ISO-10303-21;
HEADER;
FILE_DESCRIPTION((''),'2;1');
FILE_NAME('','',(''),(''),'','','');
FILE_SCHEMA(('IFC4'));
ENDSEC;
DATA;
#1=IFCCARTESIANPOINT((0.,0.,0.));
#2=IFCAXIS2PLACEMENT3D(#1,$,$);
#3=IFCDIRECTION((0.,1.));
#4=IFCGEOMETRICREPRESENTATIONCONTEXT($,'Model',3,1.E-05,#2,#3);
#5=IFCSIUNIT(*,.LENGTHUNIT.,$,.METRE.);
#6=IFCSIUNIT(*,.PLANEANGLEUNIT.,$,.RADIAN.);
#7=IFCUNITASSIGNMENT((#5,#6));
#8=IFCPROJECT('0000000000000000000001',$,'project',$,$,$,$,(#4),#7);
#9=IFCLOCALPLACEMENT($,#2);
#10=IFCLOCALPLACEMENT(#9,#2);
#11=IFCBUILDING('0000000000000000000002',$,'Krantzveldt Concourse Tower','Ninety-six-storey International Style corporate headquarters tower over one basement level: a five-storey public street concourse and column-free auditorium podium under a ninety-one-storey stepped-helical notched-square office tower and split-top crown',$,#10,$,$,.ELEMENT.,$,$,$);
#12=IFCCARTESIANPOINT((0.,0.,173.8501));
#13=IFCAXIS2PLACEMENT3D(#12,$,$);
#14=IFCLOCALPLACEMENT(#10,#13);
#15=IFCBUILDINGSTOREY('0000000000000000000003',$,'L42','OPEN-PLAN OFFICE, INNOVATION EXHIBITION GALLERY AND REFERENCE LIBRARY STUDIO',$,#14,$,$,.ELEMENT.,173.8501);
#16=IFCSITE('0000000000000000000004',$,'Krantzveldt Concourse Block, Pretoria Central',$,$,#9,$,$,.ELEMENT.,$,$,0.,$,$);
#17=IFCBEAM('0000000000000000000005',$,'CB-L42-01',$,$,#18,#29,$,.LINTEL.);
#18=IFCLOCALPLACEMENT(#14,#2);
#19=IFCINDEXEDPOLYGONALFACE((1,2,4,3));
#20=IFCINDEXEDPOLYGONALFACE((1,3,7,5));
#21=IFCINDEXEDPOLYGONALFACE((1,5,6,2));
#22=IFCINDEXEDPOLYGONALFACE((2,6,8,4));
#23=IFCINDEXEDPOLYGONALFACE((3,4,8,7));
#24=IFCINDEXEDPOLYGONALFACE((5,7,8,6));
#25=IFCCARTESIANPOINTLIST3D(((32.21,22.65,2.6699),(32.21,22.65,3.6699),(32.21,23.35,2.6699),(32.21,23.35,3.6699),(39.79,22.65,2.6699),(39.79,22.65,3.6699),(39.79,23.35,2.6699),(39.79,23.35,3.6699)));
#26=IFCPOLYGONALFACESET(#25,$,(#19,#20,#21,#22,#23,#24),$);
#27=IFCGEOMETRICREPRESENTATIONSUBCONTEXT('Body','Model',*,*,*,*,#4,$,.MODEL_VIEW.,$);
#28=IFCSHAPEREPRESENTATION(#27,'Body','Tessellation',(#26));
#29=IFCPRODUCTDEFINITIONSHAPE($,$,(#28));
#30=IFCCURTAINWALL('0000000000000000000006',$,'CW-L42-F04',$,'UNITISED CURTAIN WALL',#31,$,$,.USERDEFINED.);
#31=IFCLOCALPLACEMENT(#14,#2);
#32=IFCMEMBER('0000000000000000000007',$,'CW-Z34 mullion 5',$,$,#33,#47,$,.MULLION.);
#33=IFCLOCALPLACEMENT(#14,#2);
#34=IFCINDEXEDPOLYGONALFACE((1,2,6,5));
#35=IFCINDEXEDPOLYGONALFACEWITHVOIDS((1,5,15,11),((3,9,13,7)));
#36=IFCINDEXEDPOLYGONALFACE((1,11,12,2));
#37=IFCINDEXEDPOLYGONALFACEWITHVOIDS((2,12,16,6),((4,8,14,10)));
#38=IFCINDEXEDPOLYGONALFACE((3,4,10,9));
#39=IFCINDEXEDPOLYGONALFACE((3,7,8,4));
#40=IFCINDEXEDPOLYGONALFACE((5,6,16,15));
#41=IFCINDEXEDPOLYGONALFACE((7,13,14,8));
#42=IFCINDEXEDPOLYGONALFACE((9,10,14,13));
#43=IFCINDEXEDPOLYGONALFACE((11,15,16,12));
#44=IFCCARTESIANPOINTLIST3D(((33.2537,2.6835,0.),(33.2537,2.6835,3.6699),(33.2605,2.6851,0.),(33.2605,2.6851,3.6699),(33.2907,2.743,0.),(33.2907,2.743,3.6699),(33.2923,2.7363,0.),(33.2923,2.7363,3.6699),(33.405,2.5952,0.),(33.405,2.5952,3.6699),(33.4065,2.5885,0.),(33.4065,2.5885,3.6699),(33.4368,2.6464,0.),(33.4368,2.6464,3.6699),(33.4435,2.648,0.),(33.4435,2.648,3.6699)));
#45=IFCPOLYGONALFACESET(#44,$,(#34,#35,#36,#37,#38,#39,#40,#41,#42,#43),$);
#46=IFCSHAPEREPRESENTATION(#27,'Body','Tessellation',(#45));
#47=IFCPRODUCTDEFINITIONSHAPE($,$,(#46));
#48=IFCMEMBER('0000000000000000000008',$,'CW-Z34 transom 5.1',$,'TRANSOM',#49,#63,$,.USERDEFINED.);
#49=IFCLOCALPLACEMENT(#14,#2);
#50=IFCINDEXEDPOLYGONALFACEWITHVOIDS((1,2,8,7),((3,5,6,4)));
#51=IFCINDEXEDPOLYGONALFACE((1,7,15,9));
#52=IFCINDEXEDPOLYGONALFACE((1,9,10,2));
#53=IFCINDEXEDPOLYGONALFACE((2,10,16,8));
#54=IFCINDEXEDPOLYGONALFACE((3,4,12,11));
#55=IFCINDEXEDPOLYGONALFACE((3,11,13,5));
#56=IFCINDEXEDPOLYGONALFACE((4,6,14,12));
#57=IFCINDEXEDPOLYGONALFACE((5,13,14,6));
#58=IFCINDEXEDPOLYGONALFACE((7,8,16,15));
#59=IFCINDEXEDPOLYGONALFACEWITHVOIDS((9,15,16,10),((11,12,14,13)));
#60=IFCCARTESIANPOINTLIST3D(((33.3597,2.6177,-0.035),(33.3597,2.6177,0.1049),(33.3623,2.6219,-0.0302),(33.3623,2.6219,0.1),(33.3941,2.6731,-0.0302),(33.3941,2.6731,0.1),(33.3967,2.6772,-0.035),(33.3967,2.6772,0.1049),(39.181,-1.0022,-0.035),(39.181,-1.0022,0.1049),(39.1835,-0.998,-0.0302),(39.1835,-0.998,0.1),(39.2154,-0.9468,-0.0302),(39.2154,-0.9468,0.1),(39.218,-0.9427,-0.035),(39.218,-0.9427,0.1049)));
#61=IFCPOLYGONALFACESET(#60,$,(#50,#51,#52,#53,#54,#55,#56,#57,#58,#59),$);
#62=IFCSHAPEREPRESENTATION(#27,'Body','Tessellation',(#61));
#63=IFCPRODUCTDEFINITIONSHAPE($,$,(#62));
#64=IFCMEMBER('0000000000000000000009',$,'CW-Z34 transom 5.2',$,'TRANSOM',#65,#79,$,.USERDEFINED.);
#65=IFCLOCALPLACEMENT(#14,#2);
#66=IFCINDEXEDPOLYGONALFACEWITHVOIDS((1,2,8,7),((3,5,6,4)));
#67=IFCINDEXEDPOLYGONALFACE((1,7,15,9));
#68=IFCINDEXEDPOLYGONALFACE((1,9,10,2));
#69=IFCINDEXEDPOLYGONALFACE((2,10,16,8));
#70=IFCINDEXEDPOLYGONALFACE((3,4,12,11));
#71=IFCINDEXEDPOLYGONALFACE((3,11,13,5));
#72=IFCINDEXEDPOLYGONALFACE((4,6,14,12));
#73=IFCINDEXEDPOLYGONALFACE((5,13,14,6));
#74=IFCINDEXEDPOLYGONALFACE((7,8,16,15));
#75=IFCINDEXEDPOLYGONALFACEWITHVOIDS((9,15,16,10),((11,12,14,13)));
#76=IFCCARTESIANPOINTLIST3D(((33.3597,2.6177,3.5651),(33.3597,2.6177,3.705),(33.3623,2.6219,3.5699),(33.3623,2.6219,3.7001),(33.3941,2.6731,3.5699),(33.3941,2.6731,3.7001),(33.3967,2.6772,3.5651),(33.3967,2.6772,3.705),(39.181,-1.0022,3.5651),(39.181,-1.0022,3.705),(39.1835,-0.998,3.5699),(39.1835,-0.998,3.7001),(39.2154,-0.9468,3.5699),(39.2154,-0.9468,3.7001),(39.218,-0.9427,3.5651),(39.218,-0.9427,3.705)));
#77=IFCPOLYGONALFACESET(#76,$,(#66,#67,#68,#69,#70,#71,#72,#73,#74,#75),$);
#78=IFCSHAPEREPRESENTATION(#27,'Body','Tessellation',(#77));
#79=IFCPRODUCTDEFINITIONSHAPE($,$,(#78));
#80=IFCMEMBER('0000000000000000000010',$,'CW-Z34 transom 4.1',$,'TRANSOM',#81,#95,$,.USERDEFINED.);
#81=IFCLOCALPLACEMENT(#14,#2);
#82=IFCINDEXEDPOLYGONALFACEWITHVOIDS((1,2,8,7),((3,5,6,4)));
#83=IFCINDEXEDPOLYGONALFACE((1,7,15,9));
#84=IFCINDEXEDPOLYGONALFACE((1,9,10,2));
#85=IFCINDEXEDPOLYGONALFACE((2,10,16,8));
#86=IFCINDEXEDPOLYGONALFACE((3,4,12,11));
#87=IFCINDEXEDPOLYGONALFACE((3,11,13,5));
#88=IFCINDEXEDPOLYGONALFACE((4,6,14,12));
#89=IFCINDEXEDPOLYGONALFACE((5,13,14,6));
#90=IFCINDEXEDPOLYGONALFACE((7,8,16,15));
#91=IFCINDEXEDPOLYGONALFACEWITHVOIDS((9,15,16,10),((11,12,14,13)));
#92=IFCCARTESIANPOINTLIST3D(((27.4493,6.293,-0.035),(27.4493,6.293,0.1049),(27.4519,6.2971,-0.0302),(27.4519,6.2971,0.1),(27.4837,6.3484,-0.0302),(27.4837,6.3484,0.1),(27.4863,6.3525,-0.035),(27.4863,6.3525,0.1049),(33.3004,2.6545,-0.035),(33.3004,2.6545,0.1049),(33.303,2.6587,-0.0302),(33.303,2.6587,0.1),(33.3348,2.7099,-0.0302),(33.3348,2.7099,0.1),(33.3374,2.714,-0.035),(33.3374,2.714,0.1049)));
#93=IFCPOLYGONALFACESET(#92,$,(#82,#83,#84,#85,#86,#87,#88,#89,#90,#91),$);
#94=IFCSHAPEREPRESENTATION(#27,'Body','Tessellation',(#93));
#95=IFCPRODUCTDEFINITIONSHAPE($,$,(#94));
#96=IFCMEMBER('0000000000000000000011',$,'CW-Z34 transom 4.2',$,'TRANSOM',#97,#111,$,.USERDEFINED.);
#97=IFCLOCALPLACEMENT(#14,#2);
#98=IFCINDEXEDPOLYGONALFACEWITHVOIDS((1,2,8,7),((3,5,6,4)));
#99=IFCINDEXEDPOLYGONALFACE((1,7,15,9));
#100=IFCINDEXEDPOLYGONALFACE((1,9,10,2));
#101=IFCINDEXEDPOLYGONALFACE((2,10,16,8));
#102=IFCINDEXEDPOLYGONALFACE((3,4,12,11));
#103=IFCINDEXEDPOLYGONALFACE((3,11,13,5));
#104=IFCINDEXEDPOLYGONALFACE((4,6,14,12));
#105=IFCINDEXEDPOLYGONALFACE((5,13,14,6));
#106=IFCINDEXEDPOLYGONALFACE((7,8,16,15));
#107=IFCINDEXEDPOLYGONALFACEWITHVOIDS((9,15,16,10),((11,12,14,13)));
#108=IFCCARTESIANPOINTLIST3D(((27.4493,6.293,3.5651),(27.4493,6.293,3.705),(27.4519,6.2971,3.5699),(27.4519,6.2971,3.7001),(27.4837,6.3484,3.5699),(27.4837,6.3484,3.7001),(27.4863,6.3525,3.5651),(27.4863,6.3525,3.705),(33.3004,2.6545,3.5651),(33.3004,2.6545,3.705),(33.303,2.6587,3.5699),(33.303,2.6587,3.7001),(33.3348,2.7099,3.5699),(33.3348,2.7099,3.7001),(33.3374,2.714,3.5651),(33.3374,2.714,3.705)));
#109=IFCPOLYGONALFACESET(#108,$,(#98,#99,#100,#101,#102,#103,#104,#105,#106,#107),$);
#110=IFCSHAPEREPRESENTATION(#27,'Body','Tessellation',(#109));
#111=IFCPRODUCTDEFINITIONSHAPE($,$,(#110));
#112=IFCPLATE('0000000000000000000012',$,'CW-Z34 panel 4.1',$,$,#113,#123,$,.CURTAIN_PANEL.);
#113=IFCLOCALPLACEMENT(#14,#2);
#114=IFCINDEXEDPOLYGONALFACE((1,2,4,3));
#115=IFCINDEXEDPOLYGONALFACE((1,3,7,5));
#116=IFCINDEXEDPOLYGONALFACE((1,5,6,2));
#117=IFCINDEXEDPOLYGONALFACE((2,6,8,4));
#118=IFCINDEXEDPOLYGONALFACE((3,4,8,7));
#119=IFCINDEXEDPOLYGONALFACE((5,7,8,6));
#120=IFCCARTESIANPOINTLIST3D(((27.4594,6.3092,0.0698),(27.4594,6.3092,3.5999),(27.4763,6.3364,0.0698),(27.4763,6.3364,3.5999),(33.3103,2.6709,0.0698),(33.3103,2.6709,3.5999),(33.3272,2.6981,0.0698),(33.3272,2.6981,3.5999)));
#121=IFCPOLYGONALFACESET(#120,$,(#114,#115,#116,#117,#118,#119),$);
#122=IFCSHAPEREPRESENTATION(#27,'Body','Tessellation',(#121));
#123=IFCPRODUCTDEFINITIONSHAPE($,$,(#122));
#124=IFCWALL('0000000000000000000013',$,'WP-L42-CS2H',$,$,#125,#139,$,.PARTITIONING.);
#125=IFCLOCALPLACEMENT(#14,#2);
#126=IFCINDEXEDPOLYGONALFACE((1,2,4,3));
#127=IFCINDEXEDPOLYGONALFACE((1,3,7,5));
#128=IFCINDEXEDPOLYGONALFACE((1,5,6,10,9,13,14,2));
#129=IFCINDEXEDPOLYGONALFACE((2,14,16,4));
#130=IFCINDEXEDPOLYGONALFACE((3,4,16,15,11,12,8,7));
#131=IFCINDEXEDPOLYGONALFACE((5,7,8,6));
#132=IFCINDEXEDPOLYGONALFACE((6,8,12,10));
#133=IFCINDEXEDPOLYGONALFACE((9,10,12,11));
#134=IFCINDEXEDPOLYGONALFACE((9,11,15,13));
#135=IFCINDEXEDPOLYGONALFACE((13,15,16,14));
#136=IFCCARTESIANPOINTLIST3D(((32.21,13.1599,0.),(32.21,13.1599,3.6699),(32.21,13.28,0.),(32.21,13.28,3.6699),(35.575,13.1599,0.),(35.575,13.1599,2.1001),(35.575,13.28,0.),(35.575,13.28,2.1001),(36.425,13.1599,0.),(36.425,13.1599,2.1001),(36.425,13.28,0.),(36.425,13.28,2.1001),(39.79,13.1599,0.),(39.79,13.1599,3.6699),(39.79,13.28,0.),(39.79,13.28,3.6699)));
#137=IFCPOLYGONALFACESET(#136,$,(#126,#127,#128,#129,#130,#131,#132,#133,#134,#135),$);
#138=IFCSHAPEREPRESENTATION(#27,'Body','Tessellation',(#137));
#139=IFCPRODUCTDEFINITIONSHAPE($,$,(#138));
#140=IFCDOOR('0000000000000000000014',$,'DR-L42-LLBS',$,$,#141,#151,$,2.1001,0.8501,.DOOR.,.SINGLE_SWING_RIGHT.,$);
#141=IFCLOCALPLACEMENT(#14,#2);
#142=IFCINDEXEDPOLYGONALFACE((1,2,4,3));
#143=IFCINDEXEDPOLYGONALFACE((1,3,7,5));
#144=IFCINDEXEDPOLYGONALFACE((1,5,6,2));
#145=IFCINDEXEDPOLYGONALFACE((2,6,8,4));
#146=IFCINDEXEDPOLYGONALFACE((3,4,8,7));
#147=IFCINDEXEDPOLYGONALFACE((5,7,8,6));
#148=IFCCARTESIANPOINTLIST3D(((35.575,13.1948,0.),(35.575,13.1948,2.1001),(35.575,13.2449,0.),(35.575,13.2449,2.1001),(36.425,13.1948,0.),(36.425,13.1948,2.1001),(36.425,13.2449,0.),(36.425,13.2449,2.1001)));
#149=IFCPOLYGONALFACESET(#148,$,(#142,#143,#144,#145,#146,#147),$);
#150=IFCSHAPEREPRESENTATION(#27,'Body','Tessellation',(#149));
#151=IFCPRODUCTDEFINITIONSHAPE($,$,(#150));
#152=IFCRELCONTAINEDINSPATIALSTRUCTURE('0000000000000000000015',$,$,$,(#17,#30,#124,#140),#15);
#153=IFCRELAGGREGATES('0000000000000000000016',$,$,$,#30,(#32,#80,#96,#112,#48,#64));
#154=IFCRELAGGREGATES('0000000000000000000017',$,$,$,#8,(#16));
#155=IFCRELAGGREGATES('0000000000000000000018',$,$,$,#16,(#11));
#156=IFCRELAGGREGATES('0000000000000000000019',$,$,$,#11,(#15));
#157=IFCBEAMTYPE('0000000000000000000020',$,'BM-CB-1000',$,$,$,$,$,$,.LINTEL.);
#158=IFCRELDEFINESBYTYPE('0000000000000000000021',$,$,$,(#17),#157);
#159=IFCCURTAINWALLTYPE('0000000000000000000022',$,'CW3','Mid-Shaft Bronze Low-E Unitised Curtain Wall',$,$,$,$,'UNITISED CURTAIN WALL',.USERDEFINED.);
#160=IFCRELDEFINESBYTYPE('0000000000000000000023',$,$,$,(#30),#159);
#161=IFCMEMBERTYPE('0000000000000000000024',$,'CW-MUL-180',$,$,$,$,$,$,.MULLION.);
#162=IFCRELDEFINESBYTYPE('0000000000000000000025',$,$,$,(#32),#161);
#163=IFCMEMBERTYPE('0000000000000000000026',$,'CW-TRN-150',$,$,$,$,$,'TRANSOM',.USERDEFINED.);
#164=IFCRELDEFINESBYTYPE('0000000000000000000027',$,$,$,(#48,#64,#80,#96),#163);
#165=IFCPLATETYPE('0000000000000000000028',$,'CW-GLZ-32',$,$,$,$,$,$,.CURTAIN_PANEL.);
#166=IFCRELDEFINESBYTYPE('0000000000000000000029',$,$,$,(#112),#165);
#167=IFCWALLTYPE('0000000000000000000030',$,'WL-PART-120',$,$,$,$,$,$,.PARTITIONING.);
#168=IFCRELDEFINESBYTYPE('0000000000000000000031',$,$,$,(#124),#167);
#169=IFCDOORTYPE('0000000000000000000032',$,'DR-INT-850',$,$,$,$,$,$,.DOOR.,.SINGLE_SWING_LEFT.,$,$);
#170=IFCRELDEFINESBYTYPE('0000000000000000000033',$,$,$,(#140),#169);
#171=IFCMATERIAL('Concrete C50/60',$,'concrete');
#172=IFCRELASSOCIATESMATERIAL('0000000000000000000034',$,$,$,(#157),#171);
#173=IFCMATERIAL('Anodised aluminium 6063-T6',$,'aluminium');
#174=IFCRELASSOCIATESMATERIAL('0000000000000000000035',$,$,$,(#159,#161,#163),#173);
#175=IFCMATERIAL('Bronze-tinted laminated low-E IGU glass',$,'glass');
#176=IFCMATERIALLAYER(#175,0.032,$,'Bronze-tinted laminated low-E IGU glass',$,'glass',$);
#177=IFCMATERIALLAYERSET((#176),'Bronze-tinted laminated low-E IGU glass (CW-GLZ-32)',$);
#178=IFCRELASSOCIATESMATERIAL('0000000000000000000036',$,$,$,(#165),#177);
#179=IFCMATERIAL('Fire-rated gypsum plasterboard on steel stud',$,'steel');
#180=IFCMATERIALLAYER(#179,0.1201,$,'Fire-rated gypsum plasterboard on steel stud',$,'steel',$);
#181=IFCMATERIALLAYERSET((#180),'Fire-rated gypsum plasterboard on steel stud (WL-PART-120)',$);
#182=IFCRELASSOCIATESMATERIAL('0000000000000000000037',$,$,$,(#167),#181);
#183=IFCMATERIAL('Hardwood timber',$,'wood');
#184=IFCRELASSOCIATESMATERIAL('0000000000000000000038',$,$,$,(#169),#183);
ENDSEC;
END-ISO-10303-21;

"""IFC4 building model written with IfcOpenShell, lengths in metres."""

from ifc_helpers import new_model, si_unit, direction, frame, frame_2d, origin, origin_2d, place, context, subcontext, project, spatial, rectangle, hollow_rectangle, extrude, source, transform, mapped, material, layer, layer_set, material_profile, profile_set, type_object, type_shapes, element, fill, aggregate, save


model = new_model("IFC4")

# Units and contexts
model_context = context("Model", 3, precision=1e-05, world=origin(), true_north=direction((0.0, 1.0)))
body_context = subcontext(model_context, "Body", "Model", "MODEL_VIEW")
ifc_project = project(units=[si_unit("LENGTHUNIT", "METRE"), si_unit("PLANEANGLEUNIT", "RADIAN")], contexts=[model_context])

# Site, building, storey
site_placement = place(None, origin())
site = spatial("IfcSite", under=ifc_project, at=site_placement, Name="Krantzveldt Concourse Block, Pretoria Central", CompositionType="ELEMENT", RefElevation=0.0)
building_placement = place(site_placement, origin())
building = spatial("IfcBuilding", under=site, at=building_placement, Name="Krantzveldt Concourse Tower", Description="Ninety-six-storey International Style corporate headquarters tower over one basement level: a five-storey public street concourse and column-free auditorium podium under a ninety-one-storey stepped-helical notched-square office tower and split-top crown", CompositionType="ELEMENT")
storey_placement = place(building_placement, frame((0.0, 0.0, 173.8501)))
storey = spatial("IfcBuildingStorey", under=building, at=storey_placement, Name="L42", Description="OPEN-PLAN OFFICE, INNOVATION EXHIBITION GALLERY AND REFERENCE LIBRARY STUDIO", CompositionType="ELEMENT", Elevation=173.8501)

# Beam
ifc_material_1 = material(Name="Concrete C50/60", Category="concrete")
ifc_material_profile_1 = material_profile(ifc_material_1, rectangle(XDim=0.7, YDim=1.0, at=origin_2d()), Name="Concrete C50/60", Category="concrete")
ifc_profile_set_1 = profile_set([ifc_material_profile_1], Name="Concrete C50/60 - RC-CB 700x1000")
beam_type = type_object("IfcBeamType", Name="BM-CB-1000", PredefinedType="LINTEL", material=ifc_profile_set_1)
shared_shape_1 = source(origin(), body_context, "Body", "SweptSolid", [
    extrude(rectangle(XDim=0.7, YDim=1.0, at=origin_2d()), origin(), (0.0, 0.0, 1.0), 7.5801),
])
type_shapes(beam_type, [shared_shape_1])
beam_placement = place(storey_placement, frame((32.21, 23.0, 3.1699), z_axis=(1.0, 0.0, 0.0), x_axis=(0.0, 1.0, 0.0)))
element("IfcBeam", 1, at=beam_placement, inside=storey, type_object=beam_type, Name="CB-L42-01", PredefinedType="LINTEL", context=body_context, shape_type="MappedRepresentation", body=[
    mapped(shared_shape_1, transform((0.0, 0.0, 0.0), x_axis=(1.0, 0.0, 0.0), y_axis=(0.0, 1.0, 0.0), z_axis=(0.0, 0.0, 1.0), scale=1.0)),
])

# Curtain wall, members, plate
ifc_material_2 = material(Name="Anodised aluminium 6063-T6", Category="aluminium")
curtain_wall_type = type_object("IfcCurtainWallType", Name="CW3", Description="Mid-Shaft Bronze Low-E Unitised Curtain Wall", ElementType="UNITISED CURTAIN WALL", PredefinedType="USERDEFINED", material=ifc_material_2)
curtain_wall_placement = place(storey_placement, origin())
curtain_wall = element("IfcCurtainWall", 2, at=curtain_wall_placement, inside=storey, type_object=curtain_wall_type, Name="CW-L42-F04", ObjectType="UNITISED CURTAIN WALL", PredefinedType="USERDEFINED")
ifc_material_profile_2 = material_profile(ifc_material_2, hollow_rectangle(XDim=0.0701, YDim=0.1799, WallThickness=0.0049, at=origin_2d()), Name="Anodised aluminium 6063-T6", Category="aluminium")
ifc_profile_set_2 = profile_set([ifc_material_profile_2], Name="Anodised aluminium 6063-T6 - ALU-MULL 180x70x5")
member_type_1 = type_object("IfcMemberType", Name="CW-MUL-180", PredefinedType="MULLION", material=ifc_profile_set_2)
shared_shape_2 = source(origin(), body_context, "Body", "SweptSolid", [
    extrude(hollow_rectangle(XDim=0.0701, YDim=0.1799, WallThickness=0.0049, at=origin_2d()), origin(), (0.0, 0.0, 1.0), 3.6699),
])
type_shapes(member_type_1, [shared_shape_2])
member_1_placement = place(storey_placement, frame((33.3486, 2.6658, 0.0), z_axis=(0.0, 0.0, 1.0), x_axis=(0.528068, 0.849202, 0.0)))
member_1 = element("IfcMember", 3, at=member_1_placement, type_object=member_type_1, Name="CW-Z34 mullion 5", PredefinedType="MULLION", context=body_context, shape_type="MappedRepresentation", body=[
    mapped(shared_shape_2, transform((0.0, 0.0, 0.0), x_axis=(1.0, 0.0, 0.0), y_axis=(0.0, 1.0, 0.0), z_axis=(0.0, 0.0, 1.0), scale=1.0)),
])
ifc_material_profile_3 = material_profile(ifc_material_2, hollow_rectangle(XDim=0.0701, YDim=0.1399, WallThickness=0.0049, at=origin_2d()), Name="Anodised aluminium 6063-T6", Category="aluminium")
ifc_profile_set_3 = profile_set([ifc_material_profile_3], Name="Anodised aluminium 6063-T6 - ALU-TRAN 140x70x5")
member_type_2 = type_object("IfcMemberType", Name="CW-TRN-150", ElementType="TRANSOM", PredefinedType="USERDEFINED", material=ifc_profile_set_3)
shared_shape_3 = source(origin(), body_context, "Body", "SweptSolid", [
    extrude(hollow_rectangle(XDim=0.0701, YDim=0.1399, WallThickness=0.0049, at=origin_2d()), origin(), (0.0, 0.0, 1.0), 6.855),
])
member_2_placement = place(storey_placement, frame((33.3782, 2.6475, 0.0349), z_axis=(0.849205, -0.528064, 0.0), x_axis=(0.528064, 0.849205, 0.0)))
member_2 = element("IfcMember", 4, at=member_2_placement, type_object=member_type_2, Name="CW-Z34 transom 5.1", ObjectType="TRANSOM", PredefinedType="USERDEFINED", context=body_context, shape_type="MappedRepresentation", body=[
    mapped(shared_shape_3, transform((0.0, 0.0, 0.0), x_axis=(1.0, 0.0, 0.0), y_axis=(0.0, 1.0, 0.0), z_axis=(0.0, 0.0, 1.0), scale=1.0)),
])
member_3_placement = place(storey_placement, frame((33.3782, 2.6475, 3.635), z_axis=(0.849205, -0.528064, 0.0), x_axis=(0.528064, 0.849205, 0.0)))
member_3 = element("IfcMember", 5, at=member_3_placement, type_object=member_type_2, Name="CW-Z34 transom 5.2", ObjectType="TRANSOM", PredefinedType="USERDEFINED", context=body_context, shape_type="MappedRepresentation", body=[
    mapped(shared_shape_3, transform((0.0, 0.0, 0.0), x_axis=(1.0, 0.0, 0.0), y_axis=(0.0, 1.0, 0.0), z_axis=(0.0, 0.0, 1.0), scale=1.0)),
])
shared_shape_4 = source(origin(), body_context, "Body", "SweptSolid", [
    extrude(hollow_rectangle(XDim=0.0701, YDim=0.1399, WallThickness=0.0049, at=origin_2d()), origin(), (0.0, 0.0, 1.0), 6.8901),
])
type_shapes(member_type_2, [shared_shape_3, shared_shape_4])
member_4_placement = place(storey_placement, frame((27.4678, 6.3228, 0.0349), z_axis=(0.849202, -0.528067, 0.0), x_axis=(0.528067, 0.849202, 0.0)))
member_4 = element("IfcMember", 6, at=member_4_placement, type_object=member_type_2, Name="CW-Z34 transom 4.1", ObjectType="TRANSOM", PredefinedType="USERDEFINED", context=body_context, shape_type="MappedRepresentation", body=[
    mapped(shared_shape_4, transform((0.0, 0.0, 0.0), x_axis=(1.0, 0.0, 0.0), y_axis=(0.0, 1.0, 0.0), z_axis=(0.0, 0.0, 1.0), scale=1.0)),
])
member_5_placement = place(storey_placement, frame((27.4678, 6.3228, 3.635), z_axis=(0.849202, -0.528067, 0.0), x_axis=(0.528067, 0.849202, 0.0)))
member_5 = element("IfcMember", 7, at=member_5_placement, type_object=member_type_2, Name="CW-Z34 transom 4.2", ObjectType="TRANSOM", PredefinedType="USERDEFINED", context=body_context, shape_type="MappedRepresentation", body=[
    mapped(shared_shape_4, transform((0.0, 0.0, 0.0), x_axis=(1.0, 0.0, 0.0), y_axis=(0.0, 1.0, 0.0), z_axis=(0.0, 0.0, 1.0), scale=1.0)),
])
ifc_material_3 = material(Name="Bronze-tinted laminated low-E IGU glass", Category="glass")
ifc_layer_1 = layer(ifc_material_3, 0.032, Name="Bronze-tinted laminated low-E IGU glass", Category="glass")
ifc_layer_set_1 = layer_set([ifc_layer_1], Name="Bronze-tinted laminated low-E IGU glass (CW-GLZ-32)")
plate_type = type_object("IfcPlateType", Name="CW-GLZ-32", PredefinedType="CURTAIN_PANEL", material=ifc_layer_set_1)
shared_shape_5 = source(origin(), body_context, "Body", "SweptSolid", [
    extrude(rectangle(XDim=6.8899, YDim=0.032, at=origin_2d()), origin(), (0.0, 0.0, 1.0), 3.53),
])
type_shapes(plate_type, [shared_shape_5])
plate_placement = place(storey_placement, frame((30.3933, 4.5037, 0.0698), z_axis=(0.0, 0.0, 1.0), x_axis=(0.849202, -0.528068, 0.0)))
plate = element("IfcPlate", 8, at=plate_placement, type_object=plate_type, Name="CW-Z34 panel 4.1", PredefinedType="CURTAIN_PANEL", context=body_context, shape_type="MappedRepresentation", body=[
    mapped(shared_shape_5, transform((0.0, 0.0, 0.0), x_axis=(1.0, 0.0, 0.0), y_axis=(0.0, 1.0, 0.0), z_axis=(0.0, 0.0, 1.0), scale=1.0)),
])
aggregate(curtain_wall, [member_1, member_4, member_5, plate, member_2, member_3])

# Wall, opening, door
ifc_material_4 = material(Name="Fire-rated gypsum plasterboard on steel stud", Category="steel")
ifc_layer_2 = layer(ifc_material_4, 0.1201, Name="Fire-rated gypsum plasterboard on steel stud", Category="steel")
ifc_layer_set_2 = layer_set([ifc_layer_2], Name="Fire-rated gypsum plasterboard on steel stud (WL-PART-120)")
wall_type_1 = type_object("IfcWallType", Name="WL-PART-120", PredefinedType="PARTITIONING", material=ifc_layer_set_2)
wall_1_placement = place(storey_placement, frame((32.21, 13.22, 0.0), z_axis=(0.0, 0.0, 1.0), x_axis=(1.0, 0.0, 0.0)))
wall_1 = element("IfcWall", 9, at=wall_1_placement, inside=storey, type_object=wall_type_1, Name="WP-L42-CS2H", PredefinedType="PARTITIONING", context=body_context, shape_type="SweptSolid", body=[
    extrude(rectangle(XDim=7.5801, YDim=0.1201, at=frame_2d((3.79, 0.0))), origin(), (0.0, 0.0, 1.0), 3.6699),
])
opening_1_placement = place(wall_1_placement, frame((3.365, 0.0, 0.0)))
opening_1 = element("IfcOpeningElement", 10, at=opening_1_placement, cuts=wall_1, PredefinedType="OPENING", context=body_context, shape_type="SweptSolid", body=[
    extrude(rectangle(XDim=0.8501, YDim=2.1001, at=frame_2d((0.425, 1.05))), frame((0.0, 0.0701, 0.0), z_axis=(0.0, -1.0, 0.0), x_axis=(1.0, 0.0, 0.0)), (0.0, 0.0, 1.0), 0.1401),
])
ifc_material_5 = material(Name="Hardwood timber", Category="wood")
door_type_1 = type_object("IfcDoorType", Name="DR-INT-850", OperationType="SINGLE_SWING_LEFT", PredefinedType="DOOR", material=ifc_material_5)
door_1_placement = place(opening_1_placement, origin())
door_1 = element("IfcDoor", 11, at=door_1_placement, inside=storey, type_object=door_type_1, Name="DR-L42-LLBS", OperationType="SINGLE_SWING_RIGHT", OverallHeight=2.1001, OverallWidth=0.8501, PredefinedType="DOOR", context=body_context, shape_type="SweptSolid", body=[
    extrude(rectangle(XDim=0.8501, YDim=2.1001, at=frame_2d((0.425, 1.05))), frame((0.0, 0.0249, 0.0), z_axis=(0.0, -1.0, 0.0), x_axis=(1.0, 0.0, 0.0)), (0.0, 0.0, 1.0), 0.05),
])
fill(opening_1, door_1)

save(model, "model.ifc")
